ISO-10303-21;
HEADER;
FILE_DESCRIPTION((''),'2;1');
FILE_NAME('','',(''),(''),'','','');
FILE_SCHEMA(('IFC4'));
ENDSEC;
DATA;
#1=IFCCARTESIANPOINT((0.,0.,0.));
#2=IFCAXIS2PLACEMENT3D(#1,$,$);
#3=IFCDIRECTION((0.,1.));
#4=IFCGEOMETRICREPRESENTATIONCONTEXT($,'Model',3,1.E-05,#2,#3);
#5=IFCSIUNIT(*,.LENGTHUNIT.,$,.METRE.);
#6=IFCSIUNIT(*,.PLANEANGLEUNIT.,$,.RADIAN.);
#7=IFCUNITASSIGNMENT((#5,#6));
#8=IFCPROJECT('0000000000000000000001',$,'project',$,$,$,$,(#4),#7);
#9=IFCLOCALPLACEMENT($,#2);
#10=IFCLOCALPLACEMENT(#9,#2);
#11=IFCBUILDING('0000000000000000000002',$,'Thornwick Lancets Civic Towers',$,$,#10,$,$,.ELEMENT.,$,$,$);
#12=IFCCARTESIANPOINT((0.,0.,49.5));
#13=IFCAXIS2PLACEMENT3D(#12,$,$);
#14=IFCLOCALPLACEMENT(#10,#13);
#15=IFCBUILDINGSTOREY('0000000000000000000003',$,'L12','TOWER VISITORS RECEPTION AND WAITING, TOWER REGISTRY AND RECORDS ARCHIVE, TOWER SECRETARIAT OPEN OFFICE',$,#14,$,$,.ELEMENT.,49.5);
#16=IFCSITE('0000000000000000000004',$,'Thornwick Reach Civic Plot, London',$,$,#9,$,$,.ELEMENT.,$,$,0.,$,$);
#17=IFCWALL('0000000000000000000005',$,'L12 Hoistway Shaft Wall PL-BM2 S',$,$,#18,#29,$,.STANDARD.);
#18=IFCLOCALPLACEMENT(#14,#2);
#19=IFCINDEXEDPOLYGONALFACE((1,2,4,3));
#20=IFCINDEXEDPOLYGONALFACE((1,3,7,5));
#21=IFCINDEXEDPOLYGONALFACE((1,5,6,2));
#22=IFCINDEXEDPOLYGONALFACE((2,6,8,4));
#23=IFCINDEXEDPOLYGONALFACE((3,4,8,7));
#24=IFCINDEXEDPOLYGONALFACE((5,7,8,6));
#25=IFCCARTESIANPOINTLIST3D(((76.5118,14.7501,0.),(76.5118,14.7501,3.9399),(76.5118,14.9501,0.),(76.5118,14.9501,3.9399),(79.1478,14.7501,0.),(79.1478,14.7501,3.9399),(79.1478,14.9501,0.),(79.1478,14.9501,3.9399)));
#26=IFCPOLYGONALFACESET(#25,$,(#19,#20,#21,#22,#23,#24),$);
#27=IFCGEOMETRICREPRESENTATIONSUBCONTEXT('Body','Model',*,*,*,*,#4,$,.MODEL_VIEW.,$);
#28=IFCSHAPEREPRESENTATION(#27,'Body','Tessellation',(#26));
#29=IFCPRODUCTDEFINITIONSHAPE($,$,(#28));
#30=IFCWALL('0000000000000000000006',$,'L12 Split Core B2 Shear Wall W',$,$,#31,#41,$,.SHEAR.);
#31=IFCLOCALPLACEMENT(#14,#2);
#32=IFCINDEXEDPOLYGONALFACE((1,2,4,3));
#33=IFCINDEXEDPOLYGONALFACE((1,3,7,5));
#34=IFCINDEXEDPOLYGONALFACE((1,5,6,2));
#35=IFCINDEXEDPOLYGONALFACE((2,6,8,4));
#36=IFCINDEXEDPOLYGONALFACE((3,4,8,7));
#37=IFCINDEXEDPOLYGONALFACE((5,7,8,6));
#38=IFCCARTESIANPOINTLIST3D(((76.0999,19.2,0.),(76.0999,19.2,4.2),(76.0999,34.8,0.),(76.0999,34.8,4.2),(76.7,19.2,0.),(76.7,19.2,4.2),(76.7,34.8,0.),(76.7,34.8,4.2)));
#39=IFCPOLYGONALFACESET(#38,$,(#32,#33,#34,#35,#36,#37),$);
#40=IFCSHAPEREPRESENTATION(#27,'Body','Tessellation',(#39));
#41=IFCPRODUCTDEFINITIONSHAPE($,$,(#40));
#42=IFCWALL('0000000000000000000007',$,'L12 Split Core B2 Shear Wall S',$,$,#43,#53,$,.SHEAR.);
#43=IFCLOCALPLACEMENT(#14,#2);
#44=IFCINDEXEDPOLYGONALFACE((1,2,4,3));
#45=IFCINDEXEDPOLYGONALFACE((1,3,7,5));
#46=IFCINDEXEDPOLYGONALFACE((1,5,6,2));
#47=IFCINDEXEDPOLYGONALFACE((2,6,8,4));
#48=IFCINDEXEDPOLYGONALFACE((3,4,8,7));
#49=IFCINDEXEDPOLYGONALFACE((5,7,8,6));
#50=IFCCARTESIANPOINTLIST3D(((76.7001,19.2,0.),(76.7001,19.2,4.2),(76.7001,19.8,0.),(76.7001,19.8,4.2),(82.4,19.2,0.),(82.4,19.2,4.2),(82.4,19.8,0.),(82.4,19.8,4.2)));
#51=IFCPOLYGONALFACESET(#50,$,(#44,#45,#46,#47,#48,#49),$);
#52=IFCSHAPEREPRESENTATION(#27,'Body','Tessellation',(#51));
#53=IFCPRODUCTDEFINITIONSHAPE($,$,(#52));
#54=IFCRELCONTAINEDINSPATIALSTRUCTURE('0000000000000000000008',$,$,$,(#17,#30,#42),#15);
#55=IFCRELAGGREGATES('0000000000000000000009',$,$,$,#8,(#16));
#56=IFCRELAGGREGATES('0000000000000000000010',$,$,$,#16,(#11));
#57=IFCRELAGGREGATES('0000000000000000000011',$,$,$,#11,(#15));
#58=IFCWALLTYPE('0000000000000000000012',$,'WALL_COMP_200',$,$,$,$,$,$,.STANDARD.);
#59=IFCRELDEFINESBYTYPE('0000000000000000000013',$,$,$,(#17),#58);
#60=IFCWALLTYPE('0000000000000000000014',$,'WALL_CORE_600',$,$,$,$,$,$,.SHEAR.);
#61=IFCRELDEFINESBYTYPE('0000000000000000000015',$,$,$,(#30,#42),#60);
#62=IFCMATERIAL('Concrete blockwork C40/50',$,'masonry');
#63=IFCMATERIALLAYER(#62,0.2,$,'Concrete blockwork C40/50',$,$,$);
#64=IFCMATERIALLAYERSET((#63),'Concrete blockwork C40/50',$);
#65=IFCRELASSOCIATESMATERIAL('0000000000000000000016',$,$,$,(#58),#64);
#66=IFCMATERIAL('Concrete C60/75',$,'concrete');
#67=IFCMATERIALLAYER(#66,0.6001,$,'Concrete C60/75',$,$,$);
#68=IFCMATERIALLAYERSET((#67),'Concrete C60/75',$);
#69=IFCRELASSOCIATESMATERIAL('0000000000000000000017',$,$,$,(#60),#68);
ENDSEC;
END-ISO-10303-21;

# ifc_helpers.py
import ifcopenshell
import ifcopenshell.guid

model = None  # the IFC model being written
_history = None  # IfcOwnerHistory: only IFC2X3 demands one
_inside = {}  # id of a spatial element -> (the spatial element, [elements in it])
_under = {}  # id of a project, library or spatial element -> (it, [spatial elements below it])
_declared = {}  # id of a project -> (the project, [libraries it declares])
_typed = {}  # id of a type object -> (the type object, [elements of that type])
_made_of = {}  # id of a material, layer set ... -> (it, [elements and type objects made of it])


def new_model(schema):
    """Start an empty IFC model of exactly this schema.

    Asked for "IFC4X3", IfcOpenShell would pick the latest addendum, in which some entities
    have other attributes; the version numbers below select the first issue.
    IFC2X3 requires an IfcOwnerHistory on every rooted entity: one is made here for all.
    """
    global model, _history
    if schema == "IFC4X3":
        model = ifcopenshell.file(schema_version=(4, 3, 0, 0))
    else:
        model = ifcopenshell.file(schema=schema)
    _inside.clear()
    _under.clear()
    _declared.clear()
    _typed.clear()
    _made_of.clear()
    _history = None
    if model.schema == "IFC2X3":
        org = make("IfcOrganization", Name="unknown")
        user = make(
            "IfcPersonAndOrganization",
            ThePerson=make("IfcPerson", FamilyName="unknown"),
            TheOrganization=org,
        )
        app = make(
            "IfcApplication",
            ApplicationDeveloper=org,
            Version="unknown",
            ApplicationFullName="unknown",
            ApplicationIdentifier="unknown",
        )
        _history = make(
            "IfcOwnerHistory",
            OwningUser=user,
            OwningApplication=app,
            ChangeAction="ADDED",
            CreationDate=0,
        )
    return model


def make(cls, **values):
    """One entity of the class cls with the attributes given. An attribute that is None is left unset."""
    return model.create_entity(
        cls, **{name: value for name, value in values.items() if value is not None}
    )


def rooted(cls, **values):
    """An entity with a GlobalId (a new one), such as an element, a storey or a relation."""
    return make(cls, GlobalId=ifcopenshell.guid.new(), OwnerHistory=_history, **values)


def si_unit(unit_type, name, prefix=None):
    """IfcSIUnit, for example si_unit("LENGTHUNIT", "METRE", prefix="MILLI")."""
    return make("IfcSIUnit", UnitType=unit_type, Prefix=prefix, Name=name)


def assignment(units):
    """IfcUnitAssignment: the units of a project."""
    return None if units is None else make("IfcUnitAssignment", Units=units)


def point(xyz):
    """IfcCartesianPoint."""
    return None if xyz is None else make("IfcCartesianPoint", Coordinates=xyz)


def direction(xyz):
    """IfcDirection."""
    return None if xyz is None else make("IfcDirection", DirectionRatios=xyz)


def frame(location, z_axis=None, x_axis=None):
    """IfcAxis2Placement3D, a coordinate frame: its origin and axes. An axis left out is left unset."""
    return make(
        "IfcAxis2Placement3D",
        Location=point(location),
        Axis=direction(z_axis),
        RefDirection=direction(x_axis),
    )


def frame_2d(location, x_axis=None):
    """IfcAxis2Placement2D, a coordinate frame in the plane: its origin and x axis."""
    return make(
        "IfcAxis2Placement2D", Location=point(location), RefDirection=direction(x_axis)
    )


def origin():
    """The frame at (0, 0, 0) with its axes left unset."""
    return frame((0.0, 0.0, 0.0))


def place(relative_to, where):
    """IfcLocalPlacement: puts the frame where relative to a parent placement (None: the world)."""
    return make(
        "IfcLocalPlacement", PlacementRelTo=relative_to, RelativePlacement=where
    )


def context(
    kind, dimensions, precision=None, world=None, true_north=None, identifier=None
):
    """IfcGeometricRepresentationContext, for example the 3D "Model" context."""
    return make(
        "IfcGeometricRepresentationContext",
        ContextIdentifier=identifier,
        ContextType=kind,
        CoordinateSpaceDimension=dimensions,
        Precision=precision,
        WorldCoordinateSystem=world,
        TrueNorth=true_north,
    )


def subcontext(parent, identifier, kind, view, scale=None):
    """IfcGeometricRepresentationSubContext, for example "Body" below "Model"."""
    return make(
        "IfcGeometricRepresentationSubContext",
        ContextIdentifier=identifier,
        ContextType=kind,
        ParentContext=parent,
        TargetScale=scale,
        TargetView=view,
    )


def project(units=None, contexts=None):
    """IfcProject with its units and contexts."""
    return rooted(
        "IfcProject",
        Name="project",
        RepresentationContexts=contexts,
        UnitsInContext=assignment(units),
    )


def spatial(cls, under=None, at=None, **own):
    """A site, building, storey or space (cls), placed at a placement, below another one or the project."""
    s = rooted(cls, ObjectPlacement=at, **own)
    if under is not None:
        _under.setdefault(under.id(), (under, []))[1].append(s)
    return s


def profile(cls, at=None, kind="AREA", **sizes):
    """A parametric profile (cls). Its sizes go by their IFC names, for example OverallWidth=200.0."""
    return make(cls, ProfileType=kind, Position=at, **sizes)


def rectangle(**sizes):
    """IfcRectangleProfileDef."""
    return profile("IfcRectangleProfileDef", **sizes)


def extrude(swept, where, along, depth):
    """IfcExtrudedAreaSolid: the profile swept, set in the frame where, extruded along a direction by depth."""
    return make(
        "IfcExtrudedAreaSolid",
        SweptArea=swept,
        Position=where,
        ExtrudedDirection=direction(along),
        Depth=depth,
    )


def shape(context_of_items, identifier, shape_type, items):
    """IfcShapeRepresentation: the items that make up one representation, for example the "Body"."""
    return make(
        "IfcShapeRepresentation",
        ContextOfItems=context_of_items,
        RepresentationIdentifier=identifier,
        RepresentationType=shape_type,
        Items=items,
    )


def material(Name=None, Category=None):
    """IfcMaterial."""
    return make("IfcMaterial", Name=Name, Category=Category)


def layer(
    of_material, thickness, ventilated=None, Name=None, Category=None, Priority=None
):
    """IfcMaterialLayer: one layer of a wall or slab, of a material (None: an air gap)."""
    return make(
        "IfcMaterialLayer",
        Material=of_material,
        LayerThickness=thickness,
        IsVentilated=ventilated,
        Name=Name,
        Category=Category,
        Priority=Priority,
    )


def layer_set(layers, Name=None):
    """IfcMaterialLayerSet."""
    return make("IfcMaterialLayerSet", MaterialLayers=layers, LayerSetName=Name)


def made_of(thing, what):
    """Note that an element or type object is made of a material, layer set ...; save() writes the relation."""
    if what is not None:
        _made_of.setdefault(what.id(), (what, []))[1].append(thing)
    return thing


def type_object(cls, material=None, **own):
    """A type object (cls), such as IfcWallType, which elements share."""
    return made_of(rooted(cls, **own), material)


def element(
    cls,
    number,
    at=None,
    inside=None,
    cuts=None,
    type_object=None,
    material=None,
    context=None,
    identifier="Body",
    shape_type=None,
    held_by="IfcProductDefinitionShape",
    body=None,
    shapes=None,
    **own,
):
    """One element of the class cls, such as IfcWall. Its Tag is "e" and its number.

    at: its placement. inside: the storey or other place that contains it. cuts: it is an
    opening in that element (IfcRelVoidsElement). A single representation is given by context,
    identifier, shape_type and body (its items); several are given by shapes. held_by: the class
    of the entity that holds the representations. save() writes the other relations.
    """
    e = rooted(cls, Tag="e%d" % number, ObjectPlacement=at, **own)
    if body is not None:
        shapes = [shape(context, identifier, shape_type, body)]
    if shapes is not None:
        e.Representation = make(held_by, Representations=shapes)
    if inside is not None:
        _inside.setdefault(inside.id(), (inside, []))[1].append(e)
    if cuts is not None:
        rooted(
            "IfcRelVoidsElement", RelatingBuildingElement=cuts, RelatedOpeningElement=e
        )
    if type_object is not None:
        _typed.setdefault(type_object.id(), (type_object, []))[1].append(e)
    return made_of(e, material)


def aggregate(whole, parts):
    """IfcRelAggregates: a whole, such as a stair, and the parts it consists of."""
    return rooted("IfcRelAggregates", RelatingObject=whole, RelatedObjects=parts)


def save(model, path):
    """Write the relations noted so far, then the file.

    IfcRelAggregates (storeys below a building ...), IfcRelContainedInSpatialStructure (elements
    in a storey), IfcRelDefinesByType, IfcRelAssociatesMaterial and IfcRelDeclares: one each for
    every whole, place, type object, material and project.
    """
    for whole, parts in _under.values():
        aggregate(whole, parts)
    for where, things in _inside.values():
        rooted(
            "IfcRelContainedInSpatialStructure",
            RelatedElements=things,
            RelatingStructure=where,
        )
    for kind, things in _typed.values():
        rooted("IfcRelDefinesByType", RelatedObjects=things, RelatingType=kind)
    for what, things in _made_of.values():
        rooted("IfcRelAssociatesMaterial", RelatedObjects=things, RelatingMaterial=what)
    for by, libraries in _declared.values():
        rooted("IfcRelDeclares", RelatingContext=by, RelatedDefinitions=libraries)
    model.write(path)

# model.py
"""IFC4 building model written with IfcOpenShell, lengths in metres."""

from ifc_helpers import new_model, si_unit, direction, frame, frame_2d, origin, place, context, subcontext, project, spatial, rectangle, extrude, material, layer, layer_set, type_object, element, save


model = new_model("IFC4")

# Units and contexts
model_context = context("Model", 3, precision=1e-05, world=origin(), true_north=direction((0.0, 1.0)))
body_context = subcontext(model_context, "Body", "Model", "MODEL_VIEW")
ifc_project = project(units=[si_unit("LENGTHUNIT", "METRE"), si_unit("PLANEANGLEUNIT", "RADIAN")], contexts=[model_context])

# Site, building, storey
site_placement = place(None, origin())
site = spatial("IfcSite", under=ifc_project, at=site_placement, Name="Thornwick Reach Civic Plot, London", CompositionType="ELEMENT", RefElevation=0.0)
building_placement = place(site_placement, origin())
building = spatial("IfcBuilding", under=site, at=building_placement, Name="Thornwick Lancets Civic Towers", CompositionType="ELEMENT")
storey_placement = place(building_placement, frame((0.0, 0.0, 49.5)))
storey = spatial("IfcBuildingStorey", under=building, at=storey_placement, Name="L12", Description="TOWER VISITORS RECEPTION AND WAITING, TOWER REGISTRY AND RECORDS ARCHIVE, TOWER SECRETARIAT OPEN OFFICE", CompositionType="ELEMENT", Elevation=49.5)

# Shared definitions
ifc_material_1 = material(Name="Concrete C60/75", Category="concrete")

# Walls
ifc_material_2 = material(Name="Concrete blockwork C40/50", Category="masonry")
ifc_layer_1 = layer(ifc_material_2, 0.2, Name="Concrete blockwork C40/50")
ifc_layer_set_1 = layer_set([ifc_layer_1], Name="Concrete blockwork C40/50")
wall_type_1 = type_object("IfcWallType", Name="WALL_COMP_200", PredefinedType="STANDARD", material=ifc_layer_set_1)
wall_1_placement = place(storey_placement, frame((76.512, 14.8501, 0.0), z_axis=(0.0, 0.0, 1.0), x_axis=(1.0, 0.0, 0.0)))
element("IfcWall", 1, at=wall_1_placement, inside=storey, type_object=wall_type_1, Name="L12 Hoistway Shaft Wall PL-BM2 S", PredefinedType="STANDARD", context=body_context, shape_type="SweptSolid", body=[
    extrude(rectangle(XDim=2.636, YDim=0.2, at=frame_2d((1.3179, 0.0))), origin(), (0.0, 0.0, 1.0), 3.9399),
])
ifc_layer_2 = layer(ifc_material_1, 0.6001, Name="Concrete C60/75")
ifc_layer_set_2 = layer_set([ifc_layer_2], Name="Concrete C60/75")
wall_type_2 = type_object("IfcWallType", Name="WALL_CORE_600", PredefinedType="SHEAR", material=ifc_layer_set_2)
wall_2_placement = place(storey_placement, frame((76.3999, 19.2, 0.0), z_axis=(0.0, 0.0, 1.0), x_axis=(0.0, 1.0, 0.0)))
element("IfcWall", 2, at=wall_2_placement, inside=storey, type_object=wall_type_2, Name="L12 Split Core B2 Shear Wall W", PredefinedType="SHEAR", context=body_context, shape_type="SweptSolid", body=[
    extrude(rectangle(XDim=15.6001, YDim=0.6001, at=frame_2d((7.8, 0.0))), origin(), (0.0, 0.0, 1.0), 4.2),
])
wall_3_placement = place(storey_placement, frame((76.7, 19.5, 0.0), z_axis=(0.0, 0.0, 1.0), x_axis=(1.0, 0.0, 0.0)))
element("IfcWall", 3, at=wall_3_placement, inside=storey, type_object=wall_type_2, Name="L12 Split Core B2 Shear Wall S", PredefinedType="SHEAR", context=body_context, shape_type="SweptSolid", body=[
    extrude(rectangle(XDim=5.7, YDim=0.6001, at=frame_2d((2.8501, 0.0))), origin(), (0.0, 0.0, 1.0), 4.2),
])

save(model, "model.ifc")
